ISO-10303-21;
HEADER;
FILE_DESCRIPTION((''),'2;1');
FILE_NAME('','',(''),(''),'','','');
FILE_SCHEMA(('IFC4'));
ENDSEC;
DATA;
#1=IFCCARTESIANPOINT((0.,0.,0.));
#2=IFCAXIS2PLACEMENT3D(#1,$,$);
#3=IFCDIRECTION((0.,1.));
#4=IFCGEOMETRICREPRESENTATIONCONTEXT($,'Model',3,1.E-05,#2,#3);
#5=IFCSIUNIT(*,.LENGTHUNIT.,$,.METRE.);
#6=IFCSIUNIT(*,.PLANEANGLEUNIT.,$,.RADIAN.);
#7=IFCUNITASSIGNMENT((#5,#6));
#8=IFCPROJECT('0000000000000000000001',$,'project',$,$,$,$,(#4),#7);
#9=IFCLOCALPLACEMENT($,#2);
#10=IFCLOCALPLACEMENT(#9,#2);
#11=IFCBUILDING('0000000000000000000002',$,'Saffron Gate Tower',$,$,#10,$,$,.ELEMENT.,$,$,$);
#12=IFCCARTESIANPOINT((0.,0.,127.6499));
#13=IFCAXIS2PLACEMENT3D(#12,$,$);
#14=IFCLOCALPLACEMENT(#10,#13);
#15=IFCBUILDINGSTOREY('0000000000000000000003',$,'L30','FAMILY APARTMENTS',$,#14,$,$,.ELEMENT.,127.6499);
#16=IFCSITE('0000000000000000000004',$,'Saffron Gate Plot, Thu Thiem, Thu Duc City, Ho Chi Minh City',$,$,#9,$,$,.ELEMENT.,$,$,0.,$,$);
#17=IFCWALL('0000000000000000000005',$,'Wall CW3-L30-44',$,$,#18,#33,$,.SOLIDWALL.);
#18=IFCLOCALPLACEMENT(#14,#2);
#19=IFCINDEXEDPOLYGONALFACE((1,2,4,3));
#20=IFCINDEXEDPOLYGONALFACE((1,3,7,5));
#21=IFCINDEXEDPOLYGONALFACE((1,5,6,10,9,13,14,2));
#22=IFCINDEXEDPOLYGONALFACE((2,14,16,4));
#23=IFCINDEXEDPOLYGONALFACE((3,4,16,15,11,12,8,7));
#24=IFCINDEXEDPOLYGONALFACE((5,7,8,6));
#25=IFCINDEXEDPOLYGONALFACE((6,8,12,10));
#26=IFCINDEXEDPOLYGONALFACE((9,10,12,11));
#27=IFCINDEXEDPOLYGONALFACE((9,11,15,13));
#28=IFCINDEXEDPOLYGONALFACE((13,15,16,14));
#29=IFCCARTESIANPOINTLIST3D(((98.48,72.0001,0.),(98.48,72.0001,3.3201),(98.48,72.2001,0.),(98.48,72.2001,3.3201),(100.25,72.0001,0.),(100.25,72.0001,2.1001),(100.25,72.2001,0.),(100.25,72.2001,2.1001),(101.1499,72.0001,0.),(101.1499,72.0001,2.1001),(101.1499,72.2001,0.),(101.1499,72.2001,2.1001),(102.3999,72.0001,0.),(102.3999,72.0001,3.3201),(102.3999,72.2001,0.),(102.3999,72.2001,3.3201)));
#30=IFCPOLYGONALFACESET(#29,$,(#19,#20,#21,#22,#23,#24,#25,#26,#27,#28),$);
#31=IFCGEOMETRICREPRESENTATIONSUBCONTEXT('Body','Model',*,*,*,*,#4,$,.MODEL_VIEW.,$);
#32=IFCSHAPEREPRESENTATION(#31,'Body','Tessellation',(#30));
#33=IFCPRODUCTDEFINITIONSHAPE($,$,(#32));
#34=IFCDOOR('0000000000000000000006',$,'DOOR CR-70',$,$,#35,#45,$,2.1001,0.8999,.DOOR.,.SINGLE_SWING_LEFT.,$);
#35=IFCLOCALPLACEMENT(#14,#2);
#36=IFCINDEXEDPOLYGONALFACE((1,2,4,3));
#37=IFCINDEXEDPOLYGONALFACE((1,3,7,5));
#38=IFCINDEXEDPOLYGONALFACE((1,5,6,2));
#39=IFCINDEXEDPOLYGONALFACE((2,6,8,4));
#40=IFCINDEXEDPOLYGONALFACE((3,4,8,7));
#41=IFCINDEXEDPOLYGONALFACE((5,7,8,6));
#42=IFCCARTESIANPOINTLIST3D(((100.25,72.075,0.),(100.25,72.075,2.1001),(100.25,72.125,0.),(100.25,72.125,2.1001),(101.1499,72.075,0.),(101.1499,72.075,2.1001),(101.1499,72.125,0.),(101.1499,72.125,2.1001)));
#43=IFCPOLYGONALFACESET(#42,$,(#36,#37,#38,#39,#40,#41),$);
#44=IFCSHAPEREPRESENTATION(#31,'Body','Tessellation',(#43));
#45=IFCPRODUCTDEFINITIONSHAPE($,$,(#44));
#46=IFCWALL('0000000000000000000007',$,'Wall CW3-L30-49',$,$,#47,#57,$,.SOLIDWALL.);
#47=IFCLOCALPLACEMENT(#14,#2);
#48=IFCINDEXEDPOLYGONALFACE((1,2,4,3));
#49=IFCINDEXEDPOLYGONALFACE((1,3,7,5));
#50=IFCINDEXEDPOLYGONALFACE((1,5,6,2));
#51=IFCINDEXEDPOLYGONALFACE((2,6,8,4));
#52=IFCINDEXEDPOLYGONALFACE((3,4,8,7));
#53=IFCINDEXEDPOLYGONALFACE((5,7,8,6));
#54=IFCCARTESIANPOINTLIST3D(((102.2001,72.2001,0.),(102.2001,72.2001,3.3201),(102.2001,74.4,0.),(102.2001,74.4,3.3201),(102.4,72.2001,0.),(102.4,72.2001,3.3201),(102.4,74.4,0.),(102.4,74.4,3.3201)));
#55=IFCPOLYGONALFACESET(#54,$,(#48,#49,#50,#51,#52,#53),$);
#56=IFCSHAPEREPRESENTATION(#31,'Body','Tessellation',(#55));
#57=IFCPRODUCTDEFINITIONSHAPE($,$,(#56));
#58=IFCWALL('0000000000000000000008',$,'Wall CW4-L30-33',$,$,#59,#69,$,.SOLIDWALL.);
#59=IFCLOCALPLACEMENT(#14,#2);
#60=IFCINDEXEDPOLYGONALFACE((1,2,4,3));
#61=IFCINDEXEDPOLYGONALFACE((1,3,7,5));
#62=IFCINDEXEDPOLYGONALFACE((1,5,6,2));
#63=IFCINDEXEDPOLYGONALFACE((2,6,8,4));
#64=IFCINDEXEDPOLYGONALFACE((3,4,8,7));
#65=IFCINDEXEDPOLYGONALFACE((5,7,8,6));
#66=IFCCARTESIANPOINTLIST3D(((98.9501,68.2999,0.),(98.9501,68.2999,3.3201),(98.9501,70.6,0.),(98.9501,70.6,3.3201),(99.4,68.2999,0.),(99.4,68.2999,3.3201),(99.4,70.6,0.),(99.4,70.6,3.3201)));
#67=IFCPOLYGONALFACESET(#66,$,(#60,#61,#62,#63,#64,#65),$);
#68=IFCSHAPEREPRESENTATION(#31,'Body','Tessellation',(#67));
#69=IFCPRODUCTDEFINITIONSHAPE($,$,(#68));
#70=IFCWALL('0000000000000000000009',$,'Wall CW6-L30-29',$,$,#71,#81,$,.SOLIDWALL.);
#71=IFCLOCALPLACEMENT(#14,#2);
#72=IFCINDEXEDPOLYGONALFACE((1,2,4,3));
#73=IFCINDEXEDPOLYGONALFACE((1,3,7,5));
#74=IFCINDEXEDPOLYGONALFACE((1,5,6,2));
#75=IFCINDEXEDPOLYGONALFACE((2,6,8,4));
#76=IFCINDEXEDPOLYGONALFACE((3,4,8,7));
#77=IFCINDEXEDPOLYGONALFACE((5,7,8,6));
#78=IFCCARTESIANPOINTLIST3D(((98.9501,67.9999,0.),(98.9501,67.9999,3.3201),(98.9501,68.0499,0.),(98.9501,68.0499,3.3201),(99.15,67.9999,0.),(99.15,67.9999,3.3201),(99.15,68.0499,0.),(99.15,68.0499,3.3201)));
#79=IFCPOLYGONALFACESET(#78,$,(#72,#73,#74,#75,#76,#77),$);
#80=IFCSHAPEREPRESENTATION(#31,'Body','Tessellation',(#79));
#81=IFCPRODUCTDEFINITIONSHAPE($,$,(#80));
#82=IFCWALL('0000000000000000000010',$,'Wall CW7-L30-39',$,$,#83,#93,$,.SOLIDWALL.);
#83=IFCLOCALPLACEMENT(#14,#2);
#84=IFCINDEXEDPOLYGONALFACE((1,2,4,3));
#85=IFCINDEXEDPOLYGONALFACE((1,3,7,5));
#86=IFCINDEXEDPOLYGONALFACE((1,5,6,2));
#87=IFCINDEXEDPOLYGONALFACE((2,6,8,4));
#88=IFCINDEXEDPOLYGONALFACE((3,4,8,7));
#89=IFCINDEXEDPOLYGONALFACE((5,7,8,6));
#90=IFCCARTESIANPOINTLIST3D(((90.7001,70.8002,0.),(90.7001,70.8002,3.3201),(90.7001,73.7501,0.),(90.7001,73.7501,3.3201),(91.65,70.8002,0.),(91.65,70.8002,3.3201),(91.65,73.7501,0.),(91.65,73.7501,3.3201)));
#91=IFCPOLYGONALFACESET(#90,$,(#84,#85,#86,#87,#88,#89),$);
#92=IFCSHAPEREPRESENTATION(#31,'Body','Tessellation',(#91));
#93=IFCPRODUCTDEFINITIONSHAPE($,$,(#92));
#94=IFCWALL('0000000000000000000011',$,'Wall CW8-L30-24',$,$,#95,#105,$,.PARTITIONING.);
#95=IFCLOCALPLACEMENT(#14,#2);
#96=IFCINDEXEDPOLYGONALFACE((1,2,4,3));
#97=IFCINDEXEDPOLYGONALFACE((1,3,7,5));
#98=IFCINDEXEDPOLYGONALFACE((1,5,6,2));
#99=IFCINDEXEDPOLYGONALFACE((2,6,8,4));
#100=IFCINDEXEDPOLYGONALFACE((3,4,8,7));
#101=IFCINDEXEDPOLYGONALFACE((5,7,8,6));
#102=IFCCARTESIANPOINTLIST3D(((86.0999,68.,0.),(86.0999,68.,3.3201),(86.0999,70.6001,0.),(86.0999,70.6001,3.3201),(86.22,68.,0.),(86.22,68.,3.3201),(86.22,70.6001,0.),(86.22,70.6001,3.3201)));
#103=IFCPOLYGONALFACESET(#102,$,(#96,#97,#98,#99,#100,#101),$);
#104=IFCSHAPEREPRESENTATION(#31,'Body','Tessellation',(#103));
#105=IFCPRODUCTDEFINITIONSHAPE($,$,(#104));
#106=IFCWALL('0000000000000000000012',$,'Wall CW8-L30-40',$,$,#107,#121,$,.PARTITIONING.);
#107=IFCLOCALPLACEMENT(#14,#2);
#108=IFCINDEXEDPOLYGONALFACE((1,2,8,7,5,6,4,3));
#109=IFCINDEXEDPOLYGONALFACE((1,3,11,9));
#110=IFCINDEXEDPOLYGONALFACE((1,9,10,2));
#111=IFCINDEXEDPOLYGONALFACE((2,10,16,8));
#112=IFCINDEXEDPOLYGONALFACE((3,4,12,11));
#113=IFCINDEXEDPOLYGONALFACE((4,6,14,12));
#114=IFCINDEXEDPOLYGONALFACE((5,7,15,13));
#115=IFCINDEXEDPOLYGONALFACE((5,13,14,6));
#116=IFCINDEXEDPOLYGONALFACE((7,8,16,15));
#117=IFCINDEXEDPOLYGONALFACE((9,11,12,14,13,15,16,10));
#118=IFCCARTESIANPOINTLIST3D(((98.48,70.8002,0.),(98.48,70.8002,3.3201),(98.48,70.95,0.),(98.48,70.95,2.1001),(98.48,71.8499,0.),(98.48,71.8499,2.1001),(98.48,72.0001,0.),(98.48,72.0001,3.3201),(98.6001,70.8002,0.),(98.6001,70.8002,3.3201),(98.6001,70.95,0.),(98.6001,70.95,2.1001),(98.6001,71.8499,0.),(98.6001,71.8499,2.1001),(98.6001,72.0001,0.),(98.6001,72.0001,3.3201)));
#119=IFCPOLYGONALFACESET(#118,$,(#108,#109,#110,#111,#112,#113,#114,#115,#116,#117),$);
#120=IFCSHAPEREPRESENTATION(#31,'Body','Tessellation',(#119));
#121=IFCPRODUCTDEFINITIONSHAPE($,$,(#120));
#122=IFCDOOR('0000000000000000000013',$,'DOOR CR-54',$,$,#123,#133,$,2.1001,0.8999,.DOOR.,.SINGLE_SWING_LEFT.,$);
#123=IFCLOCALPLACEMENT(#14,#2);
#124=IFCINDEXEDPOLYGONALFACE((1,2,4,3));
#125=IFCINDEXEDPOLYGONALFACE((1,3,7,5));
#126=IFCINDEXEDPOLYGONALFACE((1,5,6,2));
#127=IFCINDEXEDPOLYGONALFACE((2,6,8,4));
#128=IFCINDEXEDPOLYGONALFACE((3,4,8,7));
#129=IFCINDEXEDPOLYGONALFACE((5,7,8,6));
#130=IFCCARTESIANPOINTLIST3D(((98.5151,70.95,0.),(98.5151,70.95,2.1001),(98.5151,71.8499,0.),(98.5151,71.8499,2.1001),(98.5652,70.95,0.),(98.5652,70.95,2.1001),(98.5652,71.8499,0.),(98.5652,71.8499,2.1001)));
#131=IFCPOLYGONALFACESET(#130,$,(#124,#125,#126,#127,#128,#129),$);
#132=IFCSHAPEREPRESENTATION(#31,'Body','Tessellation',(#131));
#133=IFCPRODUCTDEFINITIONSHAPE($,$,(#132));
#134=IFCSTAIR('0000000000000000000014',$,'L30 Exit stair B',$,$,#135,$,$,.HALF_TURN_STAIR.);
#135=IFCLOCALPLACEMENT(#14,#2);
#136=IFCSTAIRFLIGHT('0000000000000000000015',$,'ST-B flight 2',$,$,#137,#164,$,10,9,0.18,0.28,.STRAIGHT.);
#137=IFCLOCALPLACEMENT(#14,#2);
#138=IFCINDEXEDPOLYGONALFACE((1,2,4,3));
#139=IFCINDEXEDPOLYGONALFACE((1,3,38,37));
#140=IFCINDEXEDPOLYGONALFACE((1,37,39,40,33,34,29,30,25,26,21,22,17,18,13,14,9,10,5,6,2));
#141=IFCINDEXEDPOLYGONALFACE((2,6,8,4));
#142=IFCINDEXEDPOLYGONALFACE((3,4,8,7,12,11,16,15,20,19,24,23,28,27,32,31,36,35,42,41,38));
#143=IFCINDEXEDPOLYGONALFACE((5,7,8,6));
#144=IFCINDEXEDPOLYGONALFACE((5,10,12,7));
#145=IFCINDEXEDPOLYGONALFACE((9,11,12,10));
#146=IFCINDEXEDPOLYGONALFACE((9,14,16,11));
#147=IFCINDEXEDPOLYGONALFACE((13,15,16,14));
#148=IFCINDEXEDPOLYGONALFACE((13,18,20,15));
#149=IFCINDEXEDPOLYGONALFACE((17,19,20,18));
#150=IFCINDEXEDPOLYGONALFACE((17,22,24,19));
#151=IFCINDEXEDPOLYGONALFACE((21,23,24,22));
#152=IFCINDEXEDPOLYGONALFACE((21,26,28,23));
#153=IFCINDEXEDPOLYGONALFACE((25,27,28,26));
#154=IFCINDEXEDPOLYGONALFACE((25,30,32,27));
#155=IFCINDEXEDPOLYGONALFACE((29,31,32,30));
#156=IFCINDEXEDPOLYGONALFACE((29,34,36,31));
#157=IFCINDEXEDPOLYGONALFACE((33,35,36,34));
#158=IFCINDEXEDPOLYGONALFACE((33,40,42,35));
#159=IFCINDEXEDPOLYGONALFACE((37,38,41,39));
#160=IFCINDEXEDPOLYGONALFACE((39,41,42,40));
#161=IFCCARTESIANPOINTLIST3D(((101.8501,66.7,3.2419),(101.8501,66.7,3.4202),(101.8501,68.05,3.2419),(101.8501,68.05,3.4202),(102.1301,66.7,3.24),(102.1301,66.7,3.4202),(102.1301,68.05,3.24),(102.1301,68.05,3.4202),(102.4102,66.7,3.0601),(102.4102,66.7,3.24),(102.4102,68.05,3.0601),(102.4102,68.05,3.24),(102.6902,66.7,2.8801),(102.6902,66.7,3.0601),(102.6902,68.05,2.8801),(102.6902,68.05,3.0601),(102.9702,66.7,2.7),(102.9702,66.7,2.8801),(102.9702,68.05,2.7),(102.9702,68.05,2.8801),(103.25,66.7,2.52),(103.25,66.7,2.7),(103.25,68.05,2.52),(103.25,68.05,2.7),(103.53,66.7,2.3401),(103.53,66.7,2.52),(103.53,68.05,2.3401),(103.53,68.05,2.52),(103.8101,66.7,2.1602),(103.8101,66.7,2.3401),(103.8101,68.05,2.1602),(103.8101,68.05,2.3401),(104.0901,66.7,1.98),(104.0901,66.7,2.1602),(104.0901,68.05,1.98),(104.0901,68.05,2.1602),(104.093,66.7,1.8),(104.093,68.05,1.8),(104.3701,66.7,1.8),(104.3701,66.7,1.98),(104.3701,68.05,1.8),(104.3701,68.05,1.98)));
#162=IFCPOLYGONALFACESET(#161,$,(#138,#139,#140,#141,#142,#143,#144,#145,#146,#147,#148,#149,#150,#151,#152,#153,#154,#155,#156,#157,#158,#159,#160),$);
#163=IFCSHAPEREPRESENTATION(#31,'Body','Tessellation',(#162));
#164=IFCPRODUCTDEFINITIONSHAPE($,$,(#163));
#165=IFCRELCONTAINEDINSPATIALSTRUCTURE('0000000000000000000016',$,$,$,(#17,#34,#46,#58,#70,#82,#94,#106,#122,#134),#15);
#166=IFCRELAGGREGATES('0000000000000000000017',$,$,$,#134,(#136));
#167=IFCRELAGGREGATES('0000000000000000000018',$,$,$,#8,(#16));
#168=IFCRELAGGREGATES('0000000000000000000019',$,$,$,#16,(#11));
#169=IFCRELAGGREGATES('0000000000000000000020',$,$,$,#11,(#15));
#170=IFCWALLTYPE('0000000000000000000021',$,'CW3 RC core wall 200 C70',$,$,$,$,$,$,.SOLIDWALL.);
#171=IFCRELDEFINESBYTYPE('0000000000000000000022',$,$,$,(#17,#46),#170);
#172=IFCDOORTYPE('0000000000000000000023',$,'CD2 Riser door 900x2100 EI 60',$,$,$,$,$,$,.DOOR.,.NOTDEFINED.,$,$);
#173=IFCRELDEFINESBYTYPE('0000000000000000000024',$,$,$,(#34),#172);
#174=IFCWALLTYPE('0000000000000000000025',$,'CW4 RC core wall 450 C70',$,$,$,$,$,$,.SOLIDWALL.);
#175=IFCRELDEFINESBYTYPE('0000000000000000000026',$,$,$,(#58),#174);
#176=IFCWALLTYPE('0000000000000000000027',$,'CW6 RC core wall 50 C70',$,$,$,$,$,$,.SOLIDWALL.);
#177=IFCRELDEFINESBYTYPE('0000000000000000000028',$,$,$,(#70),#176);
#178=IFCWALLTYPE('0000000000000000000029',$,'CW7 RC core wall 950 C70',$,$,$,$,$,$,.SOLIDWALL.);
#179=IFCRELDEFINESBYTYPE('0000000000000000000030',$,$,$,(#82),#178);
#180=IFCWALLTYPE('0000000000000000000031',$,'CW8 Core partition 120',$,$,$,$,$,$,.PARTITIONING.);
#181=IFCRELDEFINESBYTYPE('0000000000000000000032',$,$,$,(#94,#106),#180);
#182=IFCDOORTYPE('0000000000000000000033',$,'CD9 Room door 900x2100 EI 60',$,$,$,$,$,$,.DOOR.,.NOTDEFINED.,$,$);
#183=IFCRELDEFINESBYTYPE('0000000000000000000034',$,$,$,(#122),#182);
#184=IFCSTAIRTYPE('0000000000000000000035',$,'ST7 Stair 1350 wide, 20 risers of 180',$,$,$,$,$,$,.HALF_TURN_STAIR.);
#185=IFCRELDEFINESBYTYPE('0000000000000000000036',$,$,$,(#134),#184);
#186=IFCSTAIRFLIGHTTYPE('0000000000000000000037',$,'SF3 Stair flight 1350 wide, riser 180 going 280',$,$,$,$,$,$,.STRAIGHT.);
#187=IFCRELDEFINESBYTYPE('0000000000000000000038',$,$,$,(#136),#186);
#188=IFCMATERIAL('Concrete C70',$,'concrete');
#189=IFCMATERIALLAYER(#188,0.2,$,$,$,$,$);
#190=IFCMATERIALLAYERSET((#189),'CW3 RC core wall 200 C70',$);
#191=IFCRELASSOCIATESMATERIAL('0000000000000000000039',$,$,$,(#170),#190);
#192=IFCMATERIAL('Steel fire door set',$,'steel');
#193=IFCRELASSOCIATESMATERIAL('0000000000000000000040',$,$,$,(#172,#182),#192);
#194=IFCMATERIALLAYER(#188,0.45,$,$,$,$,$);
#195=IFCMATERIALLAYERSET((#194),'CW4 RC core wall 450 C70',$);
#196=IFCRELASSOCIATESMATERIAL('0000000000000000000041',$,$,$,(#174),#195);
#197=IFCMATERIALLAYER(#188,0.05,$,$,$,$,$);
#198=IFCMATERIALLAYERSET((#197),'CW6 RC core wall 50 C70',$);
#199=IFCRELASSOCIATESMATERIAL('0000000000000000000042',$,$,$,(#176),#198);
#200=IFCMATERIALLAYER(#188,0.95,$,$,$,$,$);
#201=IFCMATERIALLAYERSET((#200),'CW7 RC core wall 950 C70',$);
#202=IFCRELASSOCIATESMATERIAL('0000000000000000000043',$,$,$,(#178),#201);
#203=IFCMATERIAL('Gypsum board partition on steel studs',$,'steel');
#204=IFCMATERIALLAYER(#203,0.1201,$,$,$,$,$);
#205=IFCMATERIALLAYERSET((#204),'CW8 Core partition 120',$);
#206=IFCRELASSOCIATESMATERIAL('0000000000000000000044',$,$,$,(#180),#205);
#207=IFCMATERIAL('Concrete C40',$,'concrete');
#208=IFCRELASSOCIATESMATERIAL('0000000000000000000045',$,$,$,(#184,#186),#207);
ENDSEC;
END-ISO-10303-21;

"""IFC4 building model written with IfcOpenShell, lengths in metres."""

from ifc_helpers import new_model, si_unit, direction, frame, frame_2d, origin, place, context, subcontext, project, spatial, polyline, rectangle, outline, extrude, material, layer, layer_set, type_object, element, fill, aggregate, save


model = new_model("IFC4")

# Units and contexts
model_context = context("Model", 3, precision=1e-05, world=origin(), true_north=direction((0.0, 1.0)))
body_context = subcontext(model_context, "Body", "Model", "MODEL_VIEW")
ifc_project = project(units=[si_unit("LENGTHUNIT", "METRE"), si_unit("PLANEANGLEUNIT", "RADIAN")], contexts=[model_context])

# Site, building, storey
site_placement = place(None, origin())
site = spatial("IfcSite", under=ifc_project, at=site_placement, Name="Saffron Gate Plot, Thu Thiem, Thu Duc City, Ho Chi Minh City", CompositionType="ELEMENT", RefElevation=0.0)
building_placement = place(site_placement, origin())
building = spatial("IfcBuilding", under=site, at=building_placement, Name="Saffron Gate Tower", CompositionType="ELEMENT")
storey_placement = place(building_placement, frame((0.0, 0.0, 127.6499)))
storey = spatial("IfcBuildingStorey", under=building, at=storey_placement, Name="L30", Description="FAMILY APARTMENTS", CompositionType="ELEMENT", Elevation=127.6499)

# Shared definitions
ifc_material_1 = material(Name="Gypsum board partition on steel studs", Category="steel")
ifc_material_2 = material(Name="Concrete C70", Category="concrete")

# Shared definitions
ifc_material_3 = material(Name="Steel fire door set", Category="steel")

# Shared definitions
ifc_layer_1 = layer(ifc_material_2, 0.2)
ifc_layer_set_1 = layer_set([ifc_layer_1], Name="CW3 RC core wall 200 C70")
wall_type_1 = type_object("IfcWallType", Name="CW3 RC core wall 200 C70", PredefinedType="SOLIDWALL", material=ifc_layer_set_1)

# Wall, opening, door
wall_1_placement = place(storey_placement, frame((98.48, 72.1001, 0.0), z_axis=(0.0, 0.0, 1.0), x_axis=(1.0, 0.0, 0.0)))
wall_1 = element("IfcWall", 1, at=wall_1_placement, inside=storey, type_object=wall_type_1, Name="Wall CW3-L30-44", PredefinedType="SOLIDWALL", context=body_context, shape_type="SweptSolid", body=[
    extrude(rectangle(XDim=3.9199, YDim=0.2, at=frame_2d((1.96, 0.0))), origin(), (0.0, 0.0, 1.0), 3.3201),
])
opening_1_placement = place(wall_1_placement, frame((1.77, 0.0, 0.0)))
opening_1 = element("IfcOpeningElement", 2, at=opening_1_placement, cuts=wall_1, PredefinedType="OPENING", context=body_context, shape_type="SweptSolid", body=[
    extrude(rectangle(XDim=0.8999, YDim=2.1001, at=frame_2d((0.45, 1.05))), frame((0.0, 0.1099, 0.0), z_axis=(0.0, -1.0, 0.0), x_axis=(1.0, 0.0, 0.0)), (0.0, 0.0, 1.0), 0.22),
])
door_type_1 = type_object("IfcDoorType", Name="CD2 Riser door 900x2100 EI 60", OperationType="NOTDEFINED", PredefinedType="DOOR", material=ifc_material_3)
door_1_placement = place(opening_1_placement, origin())
door_1 = element("IfcDoor", 3, at=door_1_placement, inside=storey, type_object=door_type_1, Name="DOOR CR-70", OperationType="SINGLE_SWING_LEFT", OverallHeight=2.1001, OverallWidth=0.8999, PredefinedType="DOOR", context=body_context, shape_type="SweptSolid", body=[
    extrude(rectangle(XDim=0.8999, YDim=2.1001, at=frame_2d((0.45, 1.05))), frame((0.0, 0.0249, 0.0), z_axis=(0.0, -1.0, 0.0), x_axis=(1.0, 0.0, 0.0)), (0.0, 0.0, 1.0), 0.05),
])
fill(opening_1, door_1)

# Walls
wall_2_placement = place(storey_placement, frame((102.3, 72.2, 0.0), z_axis=(0.0, 0.0, 1.0), x_axis=(0.0, 1.0, 0.0)))
element("IfcWall", 4, at=wall_2_placement, inside=storey, type_object=wall_type_1, Name="Wall CW3-L30-49", PredefinedType="SOLIDWALL", context=body_context, shape_type="SweptSolid", body=[
    extrude(rectangle(XDim=2.2, YDim=0.2, at=frame_2d((1.1001, 0.0))), origin(), (0.0, 0.0, 1.0), 3.3201),
])
ifc_layer_2 = layer(ifc_material_2, 0.45)
ifc_layer_set_2 = layer_set([ifc_layer_2], Name="CW4 RC core wall 450 C70")
wall_type_2 = type_object("IfcWallType", Name="CW4 RC core wall 450 C70", PredefinedType="SOLIDWALL", material=ifc_layer_set_2)
wall_3_placement = place(storey_placement, frame((99.175, 68.3, 0.0), z_axis=(0.0, 0.0, 1.0), x_axis=(0.0, 1.0, 0.0)))
element("IfcWall", 5, at=wall_3_placement, inside=storey, type_object=wall_type_2, Name="Wall CW4-L30-33", PredefinedType="SOLIDWALL", context=body_context, shape_type="SweptSolid", body=[
    extrude(rectangle(XDim=2.3, YDim=0.45, at=frame_2d((1.1499, 0.0))), origin(), (0.0, 0.0, 1.0), 3.3201),
])
ifc_layer_3 = layer(ifc_material_2, 0.05)
ifc_layer_set_3 = layer_set([ifc_layer_3], Name="CW6 RC core wall 50 C70")
wall_type_3 = type_object("IfcWallType", Name="CW6 RC core wall 50 C70", PredefinedType="SOLIDWALL", material=ifc_layer_set_3)
wall_4_placement = place(storey_placement, frame((98.95, 68.0249, 0.0), z_axis=(0.0, 0.0, 1.0), x_axis=(1.0, 0.0, 0.0)))
element("IfcWall", 6, at=wall_4_placement, inside=storey, type_object=wall_type_3, Name="Wall CW6-L30-29", PredefinedType="SOLIDWALL", context=body_context, shape_type="SweptSolid", body=[
    extrude(rectangle(XDim=0.2, YDim=0.05, at=frame_2d((0.1001, 0.0))), origin(), (0.0, 0.0, 1.0), 3.3201),
])
ifc_layer_4 = layer(ifc_material_2, 0.95)
ifc_layer_set_4 = layer_set([ifc_layer_4], Name="CW7 RC core wall 950 C70")
wall_type_4 = type_object("IfcWallType", Name="CW7 RC core wall 950 C70", PredefinedType="SOLIDWALL", material=ifc_layer_set_4)
wall_5_placement = place(storey_placement, frame((91.175, 70.8, 0.0), z_axis=(0.0, 0.0, 1.0), x_axis=(0.0, 1.0, 0.0)))
element("IfcWall", 7, at=wall_5_placement, inside=storey, type_object=wall_type_4, Name="Wall CW7-L30-39", PredefinedType="SOLIDWALL", context=body_context, shape_type="SweptSolid", body=[
    extrude(rectangle(XDim=2.95, YDim=0.95, at=frame_2d((1.4751, 0.0))), origin(), (0.0, 0.0, 1.0), 3.3201),
])
ifc_layer_5 = layer(ifc_material_1, 0.1201)
ifc_layer_set_5 = layer_set([ifc_layer_5], Name="CW8 Core partition 120")
wall_type_5 = type_object("IfcWallType", Name="CW8 Core partition 120", PredefinedType="PARTITIONING", material=ifc_layer_set_5)
wall_6_placement = place(storey_placement, frame((86.1599, 68.0, 0.0), z_axis=(0.0, 0.0, 1.0), x_axis=(0.0, 1.0, 0.0)))
element("IfcWall", 8, at=wall_6_placement, inside=storey, type_object=wall_type_5, Name="Wall CW8-L30-24", PredefinedType="PARTITIONING", context=body_context, shape_type="SweptSolid", body=[
    extrude(rectangle(XDim=2.6001, YDim=0.1201, at=frame_2d((1.3, 0.0))), origin(), (0.0, 0.0, 1.0), 3.3201),
])

# Wall, opening, door
wall_7_placement = place(storey_placement, frame((98.54, 70.8, 0.0), z_axis=(0.0, 0.0, 1.0), x_axis=(0.0, 1.0, 0.0)))
wall_7 = element("IfcWall", 9, at=wall_7_placement, inside=storey, type_object=wall_type_5, Name="Wall CW8-L30-40", PredefinedType="PARTITIONING", context=body_context, shape_type="SweptSolid", body=[
    extrude(rectangle(XDim=1.2, YDim=0.1201, at=frame_2d((0.6001, 0.0))), origin(), (0.0, 0.0, 1.0), 3.3201),
])
opening_2_placement = place(wall_7_placement, frame((0.1499, 0.0, 0.0)))
opening_2 = element("IfcOpeningElement", 10, at=opening_2_placement, cuts=wall_7, PredefinedType="OPENING", context=body_context, shape_type="SweptSolid", body=[
    extrude(rectangle(XDim=0.8999, YDim=2.1001, at=frame_2d((0.45, 1.05))), frame((0.0, 0.0701, 0.0), z_axis=(0.0, -1.0, 0.0), x_axis=(1.0, 0.0, 0.0)), (0.0, 0.0, 1.0), 0.1401),
])
door_type_2 = type_object("IfcDoorType", Name="CD9 Room door 900x2100 EI 60", OperationType="NOTDEFINED", PredefinedType="DOOR", material=ifc_material_3)
door_2_placement = place(opening_2_placement, origin())
door_2 = element("IfcDoor", 11, at=door_2_placement, inside=storey, type_object=door_type_2, Name="DOOR CR-54", OperationType="SINGLE_SWING_LEFT", OverallHeight=2.1001, OverallWidth=0.8999, PredefinedType="DOOR", context=body_context, shape_type="SweptSolid", body=[
    extrude(rectangle(XDim=0.8999, YDim=2.1001, at=frame_2d((0.45, 1.05))), frame((0.0, 0.0249, 0.0), z_axis=(0.0, -1.0, 0.0), x_axis=(1.0, 0.0, 0.0)), (0.0, 0.0, 1.0), 0.05),
])
fill(opening_2, door_2)

# Stair, stair flight
ifc_material_4 = material(Name="Concrete C40", Category="concrete")
stair_type = type_object("IfcStairType", Name="ST7 Stair 1350 wide, 20 risers of 180", PredefinedType="HALF_TURN_STAIR", material=ifc_material_4)
stair_1_placement = place(storey_placement, origin())
stair_1 = element("IfcStair", 12, at=stair_1_placement, inside=storey, type_object=stair_type, Name="L30 Exit stair B", PredefinedType="HALF_TURN_STAIR")
stair_flight_type = type_object("IfcStairFlightType", Name="SF3 Stair flight 1350 wide, riser 180 going 280", PredefinedType="STRAIGHT", material=ifc_material_4)
stair_flight_1_placement = place(storey_placement, frame((104.3701, 67.375, 1.8), z_axis=(0.0, 0.0, 1.0), x_axis=(-1.0, 0.0, 0.0)))
stair_flight_1 = element("IfcStairFlight", 13, at=stair_flight_1_placement, type_object=stair_flight_type, Name="ST-B flight 2", NumberOfRisers=10, NumberOfTreads=9, PredefinedType="STRAIGHT", RiserHeight=0.18, TreadLength=0.28, context=body_context, shape_type="SweptSolid", body=[
    extrude(outline(polyline([(0.0, 0.0), (0.0, 0.1799), (0.28, 0.1799), (0.28, 0.3601), (0.5601, 0.3601), (0.5601, 0.54), (0.8401, 0.54), (0.8401, 0.72), (1.1201, 0.72), (1.1201, 0.8999), (1.3999, 0.8999), (1.3999, 1.0801), (1.6799, 1.0801), (1.6799, 1.26), (1.96, 1.26), (1.96, 1.4399), (2.24, 1.4399), (2.24, 1.6201), (2.52, 1.6201), (2.52, 1.8), (2.52, 1.4419), (0.2771, 0.0), (0.0, 0.0)])), frame((0.0, 0.675, 0.0), z_axis=(0.0, -1.0, 0.0), x_axis=(1.0, 0.0, 0.0)), (0.0, 0.0, 1.0), 1.3501),
])
aggregate(stair_1, [stair_flight_1])

save(model, "model.ifc")
